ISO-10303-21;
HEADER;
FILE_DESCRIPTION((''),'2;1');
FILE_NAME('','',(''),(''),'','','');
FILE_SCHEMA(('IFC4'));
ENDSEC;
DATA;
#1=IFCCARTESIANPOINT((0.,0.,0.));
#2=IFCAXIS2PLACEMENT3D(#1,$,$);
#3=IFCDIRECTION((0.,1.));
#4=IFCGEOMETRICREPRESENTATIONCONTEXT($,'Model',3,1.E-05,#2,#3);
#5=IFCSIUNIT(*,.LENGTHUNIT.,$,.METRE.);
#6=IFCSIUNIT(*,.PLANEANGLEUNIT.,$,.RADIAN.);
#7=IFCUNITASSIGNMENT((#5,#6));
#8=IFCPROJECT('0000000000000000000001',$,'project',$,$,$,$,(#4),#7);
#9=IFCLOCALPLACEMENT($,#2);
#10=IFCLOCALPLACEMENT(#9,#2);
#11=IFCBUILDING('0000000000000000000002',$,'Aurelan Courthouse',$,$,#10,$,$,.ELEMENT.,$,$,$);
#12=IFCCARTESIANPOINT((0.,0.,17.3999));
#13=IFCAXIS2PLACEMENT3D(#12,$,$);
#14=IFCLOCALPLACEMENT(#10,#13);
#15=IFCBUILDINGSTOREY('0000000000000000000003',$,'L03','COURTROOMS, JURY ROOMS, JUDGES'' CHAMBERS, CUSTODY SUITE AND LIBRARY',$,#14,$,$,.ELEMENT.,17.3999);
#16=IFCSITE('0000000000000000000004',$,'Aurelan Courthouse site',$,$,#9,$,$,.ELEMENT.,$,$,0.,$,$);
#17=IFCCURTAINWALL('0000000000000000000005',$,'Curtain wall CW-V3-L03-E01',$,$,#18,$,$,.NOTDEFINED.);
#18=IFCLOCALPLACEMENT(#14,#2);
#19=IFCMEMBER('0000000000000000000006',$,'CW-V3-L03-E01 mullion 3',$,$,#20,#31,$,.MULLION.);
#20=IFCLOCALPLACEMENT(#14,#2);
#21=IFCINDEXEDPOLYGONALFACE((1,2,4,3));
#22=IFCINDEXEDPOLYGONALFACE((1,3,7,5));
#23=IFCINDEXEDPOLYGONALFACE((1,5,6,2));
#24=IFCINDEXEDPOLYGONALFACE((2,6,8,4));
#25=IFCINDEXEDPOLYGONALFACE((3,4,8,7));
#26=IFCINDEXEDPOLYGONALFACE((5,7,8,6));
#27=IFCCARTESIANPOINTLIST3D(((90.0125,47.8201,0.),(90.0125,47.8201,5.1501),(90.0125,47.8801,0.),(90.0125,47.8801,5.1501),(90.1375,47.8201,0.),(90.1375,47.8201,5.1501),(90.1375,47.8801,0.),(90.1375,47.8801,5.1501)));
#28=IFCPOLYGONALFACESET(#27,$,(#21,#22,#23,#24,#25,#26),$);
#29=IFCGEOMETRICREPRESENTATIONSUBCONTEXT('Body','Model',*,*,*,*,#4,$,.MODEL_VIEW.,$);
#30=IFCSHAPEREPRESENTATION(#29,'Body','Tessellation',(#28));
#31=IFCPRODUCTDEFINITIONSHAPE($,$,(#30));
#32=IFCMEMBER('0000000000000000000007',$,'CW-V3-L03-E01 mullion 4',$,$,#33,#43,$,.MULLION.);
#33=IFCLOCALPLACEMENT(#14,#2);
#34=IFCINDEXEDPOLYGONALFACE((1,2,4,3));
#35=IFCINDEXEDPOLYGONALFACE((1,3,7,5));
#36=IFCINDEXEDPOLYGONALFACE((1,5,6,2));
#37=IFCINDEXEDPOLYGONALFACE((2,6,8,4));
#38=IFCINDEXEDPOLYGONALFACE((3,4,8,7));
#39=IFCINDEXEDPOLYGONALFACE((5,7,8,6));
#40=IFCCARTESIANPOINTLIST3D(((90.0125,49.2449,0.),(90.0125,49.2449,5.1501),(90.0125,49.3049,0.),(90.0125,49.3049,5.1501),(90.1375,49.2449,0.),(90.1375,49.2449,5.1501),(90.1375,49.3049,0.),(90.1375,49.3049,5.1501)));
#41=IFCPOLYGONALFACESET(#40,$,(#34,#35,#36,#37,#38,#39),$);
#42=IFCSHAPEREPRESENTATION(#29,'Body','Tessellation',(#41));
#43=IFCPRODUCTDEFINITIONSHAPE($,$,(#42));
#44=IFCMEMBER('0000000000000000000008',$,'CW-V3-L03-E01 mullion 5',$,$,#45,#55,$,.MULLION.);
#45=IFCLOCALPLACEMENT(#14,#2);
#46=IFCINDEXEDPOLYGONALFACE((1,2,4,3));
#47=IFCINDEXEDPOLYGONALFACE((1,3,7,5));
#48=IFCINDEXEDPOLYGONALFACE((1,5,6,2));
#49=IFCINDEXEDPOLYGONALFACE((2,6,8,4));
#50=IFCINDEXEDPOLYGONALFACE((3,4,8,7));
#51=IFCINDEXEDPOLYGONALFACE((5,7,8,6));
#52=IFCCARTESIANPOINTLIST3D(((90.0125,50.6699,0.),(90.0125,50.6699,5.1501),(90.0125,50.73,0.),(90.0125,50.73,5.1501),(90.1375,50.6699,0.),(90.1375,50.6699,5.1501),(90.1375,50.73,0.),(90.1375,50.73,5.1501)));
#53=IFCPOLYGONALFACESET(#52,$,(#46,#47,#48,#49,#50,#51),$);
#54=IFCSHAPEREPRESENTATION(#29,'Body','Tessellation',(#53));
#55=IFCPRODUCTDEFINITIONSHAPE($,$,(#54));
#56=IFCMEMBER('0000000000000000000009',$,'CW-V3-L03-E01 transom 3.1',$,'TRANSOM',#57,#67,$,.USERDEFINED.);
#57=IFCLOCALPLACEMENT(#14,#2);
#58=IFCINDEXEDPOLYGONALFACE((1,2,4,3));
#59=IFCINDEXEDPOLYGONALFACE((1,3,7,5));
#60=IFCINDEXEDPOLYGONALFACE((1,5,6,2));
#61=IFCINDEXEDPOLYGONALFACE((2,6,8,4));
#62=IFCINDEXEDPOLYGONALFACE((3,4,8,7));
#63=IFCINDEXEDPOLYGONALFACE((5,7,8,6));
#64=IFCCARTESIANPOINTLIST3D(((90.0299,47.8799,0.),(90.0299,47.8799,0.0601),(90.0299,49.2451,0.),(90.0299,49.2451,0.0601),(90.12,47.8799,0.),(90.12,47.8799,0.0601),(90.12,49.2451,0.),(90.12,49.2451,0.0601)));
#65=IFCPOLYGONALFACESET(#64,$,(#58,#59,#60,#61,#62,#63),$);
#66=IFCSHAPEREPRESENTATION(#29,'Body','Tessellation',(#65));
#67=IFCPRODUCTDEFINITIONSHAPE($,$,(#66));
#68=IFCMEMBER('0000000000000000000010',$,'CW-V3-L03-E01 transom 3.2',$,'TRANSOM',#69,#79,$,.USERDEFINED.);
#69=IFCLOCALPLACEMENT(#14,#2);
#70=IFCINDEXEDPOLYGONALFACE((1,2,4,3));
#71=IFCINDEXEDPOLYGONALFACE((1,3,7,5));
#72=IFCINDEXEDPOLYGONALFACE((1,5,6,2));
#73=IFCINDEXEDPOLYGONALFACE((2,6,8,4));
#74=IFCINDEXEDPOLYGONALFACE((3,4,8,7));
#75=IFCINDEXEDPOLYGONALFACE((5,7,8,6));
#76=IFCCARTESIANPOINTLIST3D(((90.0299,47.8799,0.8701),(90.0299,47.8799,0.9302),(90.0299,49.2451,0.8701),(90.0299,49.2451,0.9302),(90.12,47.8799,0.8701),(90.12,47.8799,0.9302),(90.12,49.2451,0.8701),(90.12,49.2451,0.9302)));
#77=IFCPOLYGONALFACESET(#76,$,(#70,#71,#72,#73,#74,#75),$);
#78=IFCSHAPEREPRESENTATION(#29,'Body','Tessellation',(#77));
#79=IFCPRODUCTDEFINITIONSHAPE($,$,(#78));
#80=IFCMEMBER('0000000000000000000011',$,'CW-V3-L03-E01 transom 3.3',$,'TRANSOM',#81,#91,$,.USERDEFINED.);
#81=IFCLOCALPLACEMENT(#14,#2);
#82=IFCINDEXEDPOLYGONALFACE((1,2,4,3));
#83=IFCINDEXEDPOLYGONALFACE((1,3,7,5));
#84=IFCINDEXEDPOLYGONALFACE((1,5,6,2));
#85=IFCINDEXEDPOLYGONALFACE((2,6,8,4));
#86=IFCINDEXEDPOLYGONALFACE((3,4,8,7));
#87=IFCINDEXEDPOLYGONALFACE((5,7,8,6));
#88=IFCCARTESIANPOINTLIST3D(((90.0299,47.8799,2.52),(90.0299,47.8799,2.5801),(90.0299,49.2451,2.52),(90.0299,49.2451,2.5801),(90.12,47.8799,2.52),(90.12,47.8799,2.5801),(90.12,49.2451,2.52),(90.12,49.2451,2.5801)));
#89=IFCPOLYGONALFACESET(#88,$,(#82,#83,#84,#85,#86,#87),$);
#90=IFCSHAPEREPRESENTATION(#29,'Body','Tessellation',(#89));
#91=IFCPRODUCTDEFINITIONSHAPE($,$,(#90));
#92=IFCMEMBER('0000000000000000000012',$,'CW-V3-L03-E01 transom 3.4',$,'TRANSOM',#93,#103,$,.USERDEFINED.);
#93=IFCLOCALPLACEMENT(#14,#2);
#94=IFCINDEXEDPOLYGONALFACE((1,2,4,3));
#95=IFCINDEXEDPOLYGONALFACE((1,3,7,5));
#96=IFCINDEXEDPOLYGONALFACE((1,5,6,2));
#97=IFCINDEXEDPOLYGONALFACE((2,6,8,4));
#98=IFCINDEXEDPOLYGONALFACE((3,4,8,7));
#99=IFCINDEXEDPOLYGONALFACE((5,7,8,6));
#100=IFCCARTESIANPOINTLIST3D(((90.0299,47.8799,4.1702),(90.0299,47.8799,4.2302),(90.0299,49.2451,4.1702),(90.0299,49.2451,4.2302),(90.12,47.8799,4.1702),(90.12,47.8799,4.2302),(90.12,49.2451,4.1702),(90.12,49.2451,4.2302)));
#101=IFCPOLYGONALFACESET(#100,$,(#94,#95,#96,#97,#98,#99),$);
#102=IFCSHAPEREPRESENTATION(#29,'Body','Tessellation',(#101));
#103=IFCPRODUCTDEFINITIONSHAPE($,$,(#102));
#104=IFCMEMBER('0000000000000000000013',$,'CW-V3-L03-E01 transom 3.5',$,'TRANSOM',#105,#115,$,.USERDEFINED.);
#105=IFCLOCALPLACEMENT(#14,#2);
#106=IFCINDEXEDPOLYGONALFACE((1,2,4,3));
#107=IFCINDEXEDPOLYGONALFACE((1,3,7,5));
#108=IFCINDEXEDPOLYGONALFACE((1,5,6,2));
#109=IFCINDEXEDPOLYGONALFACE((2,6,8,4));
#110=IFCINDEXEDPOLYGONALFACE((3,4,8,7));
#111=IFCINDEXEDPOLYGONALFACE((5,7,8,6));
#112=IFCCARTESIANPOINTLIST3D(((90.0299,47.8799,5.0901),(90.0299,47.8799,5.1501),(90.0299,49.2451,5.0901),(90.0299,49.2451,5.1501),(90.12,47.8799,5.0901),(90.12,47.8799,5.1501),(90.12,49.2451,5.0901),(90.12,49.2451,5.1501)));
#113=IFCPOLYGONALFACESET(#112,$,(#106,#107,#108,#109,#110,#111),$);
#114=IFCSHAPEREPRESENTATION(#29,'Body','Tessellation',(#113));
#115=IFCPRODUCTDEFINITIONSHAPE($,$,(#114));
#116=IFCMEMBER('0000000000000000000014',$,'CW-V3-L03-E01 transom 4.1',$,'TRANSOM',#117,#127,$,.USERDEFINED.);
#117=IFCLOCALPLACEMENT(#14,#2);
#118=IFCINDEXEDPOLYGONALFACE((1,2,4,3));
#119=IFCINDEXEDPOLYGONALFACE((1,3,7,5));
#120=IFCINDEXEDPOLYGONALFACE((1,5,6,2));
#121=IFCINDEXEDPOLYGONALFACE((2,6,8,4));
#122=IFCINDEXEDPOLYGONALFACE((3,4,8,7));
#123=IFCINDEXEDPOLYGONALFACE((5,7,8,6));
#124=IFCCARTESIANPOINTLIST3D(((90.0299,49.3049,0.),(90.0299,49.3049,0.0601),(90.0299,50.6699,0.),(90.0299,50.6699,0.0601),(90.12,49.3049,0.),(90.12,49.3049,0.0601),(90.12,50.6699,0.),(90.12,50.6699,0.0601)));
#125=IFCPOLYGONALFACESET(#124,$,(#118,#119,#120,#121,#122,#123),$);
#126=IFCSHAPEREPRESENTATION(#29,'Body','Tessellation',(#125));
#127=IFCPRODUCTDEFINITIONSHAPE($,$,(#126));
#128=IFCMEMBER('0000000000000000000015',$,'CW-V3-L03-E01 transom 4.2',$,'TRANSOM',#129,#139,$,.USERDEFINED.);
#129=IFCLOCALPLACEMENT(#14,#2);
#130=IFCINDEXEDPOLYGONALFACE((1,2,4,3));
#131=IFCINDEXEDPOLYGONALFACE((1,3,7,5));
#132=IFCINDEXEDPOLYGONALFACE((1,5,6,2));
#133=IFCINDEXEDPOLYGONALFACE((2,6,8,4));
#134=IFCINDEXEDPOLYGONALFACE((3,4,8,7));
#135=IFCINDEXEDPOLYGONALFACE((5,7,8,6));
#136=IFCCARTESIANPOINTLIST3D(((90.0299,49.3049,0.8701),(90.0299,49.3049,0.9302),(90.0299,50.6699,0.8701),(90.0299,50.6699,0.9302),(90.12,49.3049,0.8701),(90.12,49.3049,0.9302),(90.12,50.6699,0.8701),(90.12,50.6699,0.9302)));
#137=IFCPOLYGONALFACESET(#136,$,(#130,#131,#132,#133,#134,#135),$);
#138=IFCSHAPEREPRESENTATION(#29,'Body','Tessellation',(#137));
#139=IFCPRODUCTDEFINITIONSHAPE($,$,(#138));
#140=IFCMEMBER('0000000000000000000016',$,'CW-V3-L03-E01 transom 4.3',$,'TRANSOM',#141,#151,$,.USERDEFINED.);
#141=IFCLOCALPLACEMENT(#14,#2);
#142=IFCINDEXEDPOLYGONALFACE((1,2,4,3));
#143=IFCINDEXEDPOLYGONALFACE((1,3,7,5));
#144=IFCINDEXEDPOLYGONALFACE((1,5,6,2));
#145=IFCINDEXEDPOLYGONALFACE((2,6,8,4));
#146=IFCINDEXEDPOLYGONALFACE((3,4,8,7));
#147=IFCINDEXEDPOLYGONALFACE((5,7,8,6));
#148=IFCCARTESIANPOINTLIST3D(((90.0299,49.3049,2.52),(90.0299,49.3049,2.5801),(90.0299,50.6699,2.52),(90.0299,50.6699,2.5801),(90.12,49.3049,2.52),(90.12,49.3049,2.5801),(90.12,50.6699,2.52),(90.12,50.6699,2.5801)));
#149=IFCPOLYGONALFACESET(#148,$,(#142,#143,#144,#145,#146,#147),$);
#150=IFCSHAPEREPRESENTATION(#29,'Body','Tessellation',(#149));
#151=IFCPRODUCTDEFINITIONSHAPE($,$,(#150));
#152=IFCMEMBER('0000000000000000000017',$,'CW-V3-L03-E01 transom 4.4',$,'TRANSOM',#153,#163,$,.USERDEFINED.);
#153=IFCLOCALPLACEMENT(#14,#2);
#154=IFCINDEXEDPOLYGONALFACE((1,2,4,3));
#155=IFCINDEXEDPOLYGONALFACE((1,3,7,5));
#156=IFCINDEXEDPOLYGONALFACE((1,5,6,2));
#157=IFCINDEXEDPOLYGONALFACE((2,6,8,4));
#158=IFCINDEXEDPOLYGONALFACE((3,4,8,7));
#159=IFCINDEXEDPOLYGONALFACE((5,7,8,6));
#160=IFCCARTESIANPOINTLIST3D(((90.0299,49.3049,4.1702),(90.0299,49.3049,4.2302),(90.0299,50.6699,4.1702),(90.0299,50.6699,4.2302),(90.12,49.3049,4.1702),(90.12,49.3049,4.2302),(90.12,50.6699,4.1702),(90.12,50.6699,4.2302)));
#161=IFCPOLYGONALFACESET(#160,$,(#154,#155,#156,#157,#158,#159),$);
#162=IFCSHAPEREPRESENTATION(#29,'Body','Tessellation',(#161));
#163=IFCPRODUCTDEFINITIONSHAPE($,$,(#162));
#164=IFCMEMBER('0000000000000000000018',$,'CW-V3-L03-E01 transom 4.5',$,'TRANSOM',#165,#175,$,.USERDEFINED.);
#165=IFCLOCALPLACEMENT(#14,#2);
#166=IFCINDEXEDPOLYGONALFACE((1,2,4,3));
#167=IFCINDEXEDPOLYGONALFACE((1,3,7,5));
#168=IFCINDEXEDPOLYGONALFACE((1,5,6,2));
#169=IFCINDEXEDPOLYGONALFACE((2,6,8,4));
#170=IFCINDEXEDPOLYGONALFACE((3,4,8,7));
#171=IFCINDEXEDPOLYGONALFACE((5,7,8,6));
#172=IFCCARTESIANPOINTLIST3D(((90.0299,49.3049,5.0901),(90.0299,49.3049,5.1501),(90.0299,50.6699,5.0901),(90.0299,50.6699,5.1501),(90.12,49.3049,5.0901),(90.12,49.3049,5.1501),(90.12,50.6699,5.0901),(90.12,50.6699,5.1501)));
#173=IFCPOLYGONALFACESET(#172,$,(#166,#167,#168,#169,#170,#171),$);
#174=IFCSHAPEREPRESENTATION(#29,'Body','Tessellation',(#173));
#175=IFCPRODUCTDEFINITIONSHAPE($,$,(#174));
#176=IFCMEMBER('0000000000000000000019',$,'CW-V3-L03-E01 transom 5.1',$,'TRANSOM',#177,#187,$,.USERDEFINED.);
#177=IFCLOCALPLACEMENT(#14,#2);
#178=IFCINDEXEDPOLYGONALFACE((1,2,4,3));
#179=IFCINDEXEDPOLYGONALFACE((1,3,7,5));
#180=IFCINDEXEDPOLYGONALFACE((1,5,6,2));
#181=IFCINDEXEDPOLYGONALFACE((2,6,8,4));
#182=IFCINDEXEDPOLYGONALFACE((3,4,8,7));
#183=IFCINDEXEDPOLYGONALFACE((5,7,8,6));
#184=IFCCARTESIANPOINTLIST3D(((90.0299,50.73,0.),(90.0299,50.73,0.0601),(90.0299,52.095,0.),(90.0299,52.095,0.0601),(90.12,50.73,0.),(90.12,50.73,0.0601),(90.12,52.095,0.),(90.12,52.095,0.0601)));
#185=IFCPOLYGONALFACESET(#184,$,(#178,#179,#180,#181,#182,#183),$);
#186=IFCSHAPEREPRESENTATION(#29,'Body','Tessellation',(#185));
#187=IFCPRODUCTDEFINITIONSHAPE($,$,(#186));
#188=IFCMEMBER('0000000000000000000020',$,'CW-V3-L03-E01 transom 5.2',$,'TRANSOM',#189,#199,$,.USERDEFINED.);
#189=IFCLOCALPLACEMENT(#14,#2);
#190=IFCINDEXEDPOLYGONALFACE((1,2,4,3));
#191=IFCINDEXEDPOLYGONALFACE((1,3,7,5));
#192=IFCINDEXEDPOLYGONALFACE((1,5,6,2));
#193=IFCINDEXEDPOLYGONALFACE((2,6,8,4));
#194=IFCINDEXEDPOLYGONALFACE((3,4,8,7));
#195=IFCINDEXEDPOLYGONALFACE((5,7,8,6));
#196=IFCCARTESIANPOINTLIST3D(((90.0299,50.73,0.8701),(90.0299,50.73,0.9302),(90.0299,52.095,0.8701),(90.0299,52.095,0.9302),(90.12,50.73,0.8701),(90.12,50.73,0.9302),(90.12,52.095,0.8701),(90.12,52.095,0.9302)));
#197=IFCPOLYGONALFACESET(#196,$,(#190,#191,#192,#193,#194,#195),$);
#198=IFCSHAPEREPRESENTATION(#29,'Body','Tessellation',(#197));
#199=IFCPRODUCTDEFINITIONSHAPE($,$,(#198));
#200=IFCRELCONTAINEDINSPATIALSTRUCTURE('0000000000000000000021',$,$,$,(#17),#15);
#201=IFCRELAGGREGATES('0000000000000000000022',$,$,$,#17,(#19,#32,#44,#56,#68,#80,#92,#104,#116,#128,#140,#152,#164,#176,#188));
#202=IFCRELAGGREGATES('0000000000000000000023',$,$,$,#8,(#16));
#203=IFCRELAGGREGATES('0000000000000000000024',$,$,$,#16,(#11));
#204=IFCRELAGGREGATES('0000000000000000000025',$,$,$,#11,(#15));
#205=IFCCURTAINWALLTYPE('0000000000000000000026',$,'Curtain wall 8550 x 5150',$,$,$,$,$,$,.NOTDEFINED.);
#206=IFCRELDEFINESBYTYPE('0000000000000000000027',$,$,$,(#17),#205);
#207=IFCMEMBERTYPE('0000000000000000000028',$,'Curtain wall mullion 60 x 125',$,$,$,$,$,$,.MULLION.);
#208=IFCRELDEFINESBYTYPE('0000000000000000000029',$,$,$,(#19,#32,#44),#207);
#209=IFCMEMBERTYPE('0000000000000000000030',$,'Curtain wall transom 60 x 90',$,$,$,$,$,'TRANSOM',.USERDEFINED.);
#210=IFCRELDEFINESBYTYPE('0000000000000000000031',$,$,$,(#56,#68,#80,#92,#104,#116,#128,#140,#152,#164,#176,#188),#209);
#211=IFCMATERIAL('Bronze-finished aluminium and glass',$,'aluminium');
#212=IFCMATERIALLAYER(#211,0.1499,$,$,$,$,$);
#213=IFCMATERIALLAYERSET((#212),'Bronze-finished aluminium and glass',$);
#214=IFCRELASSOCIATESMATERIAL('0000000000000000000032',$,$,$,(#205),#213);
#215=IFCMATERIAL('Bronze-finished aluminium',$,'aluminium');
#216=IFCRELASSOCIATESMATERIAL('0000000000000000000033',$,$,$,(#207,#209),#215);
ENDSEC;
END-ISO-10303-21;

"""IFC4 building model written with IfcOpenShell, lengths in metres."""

from ifc_helpers import new_model, si_unit, direction, frame, origin, origin_2d, place, context, subcontext, project, spatial, rectangle, extrude, material, layer, layer_set, material_profile, profile_set, type_object, element, aggregate, save


model = new_model("IFC4")

# Units and contexts
model_context = context("Model", 3, precision=1e-05, world=origin(), true_north=direction((0.0, 1.0)))
body_context = subcontext(model_context, "Body", "Model", "MODEL_VIEW")
ifc_project = project(units=[si_unit("LENGTHUNIT", "METRE"), si_unit("PLANEANGLEUNIT", "RADIAN")], contexts=[model_context])

# Site, building, storey
site_placement = place(None, origin())
site = spatial("IfcSite", under=ifc_project, at=site_placement, Name="Aurelan Courthouse site", CompositionType="ELEMENT", RefElevation=0.0)
building_placement = place(site_placement, origin())
building = spatial("IfcBuilding", under=site, at=building_placement, Name="Aurelan Courthouse", CompositionType="ELEMENT")
storey_placement = place(building_placement, frame((0.0, 0.0, 17.3999)))
storey = spatial("IfcBuildingStorey", under=building, at=storey_placement, Name="L03", Description="COURTROOMS, JURY ROOMS, JUDGES' CHAMBERS, CUSTODY SUITE AND LIBRARY", CompositionType="ELEMENT", Elevation=17.3999)

# Curtain wall, members
ifc_material_1 = material(Name="Bronze-finished aluminium and glass", Category="aluminium")
ifc_layer_1 = layer(ifc_material_1, 0.1499)
ifc_layer_set_1 = layer_set([ifc_layer_1], Name="Bronze-finished aluminium and glass")
curtain_wall_type = type_object("IfcCurtainWallType", Name="Curtain wall 8550 x 5150", PredefinedType="NOTDEFINED", material=ifc_layer_set_1)
curtain_wall_placement = place(storey_placement, origin())
curtain_wall = element("IfcCurtainWall", 1, at=curtain_wall_placement, inside=storey, type_object=curtain_wall_type, Name="Curtain wall CW-V3-L03-E01", PredefinedType="NOTDEFINED")
ifc_material_2 = material(Name="Bronze-finished aluminium", Category="aluminium")
ifc_material_profile_1 = material_profile(ifc_material_2, rectangle(XDim=0.125, YDim=0.0601, at=origin_2d()), Name="Bronze mullion 60 x 125")
ifc_profile_set_1 = profile_set([ifc_material_profile_1], Name="Bronze-finished aluminium")
member_type_1 = type_object("IfcMemberType", Name="Curtain wall mullion 60 x 125", PredefinedType="MULLION", material=ifc_profile_set_1)
member_1_placement = place(storey_placement, frame((90.075, 47.8501, 0.0), z_axis=(0.0, 0.0, 1.0), x_axis=(-1.0, 0.0, 0.0)))
member_1 = element("IfcMember", 2, at=member_1_placement, type_object=member_type_1, Name="CW-V3-L03-E01 mullion 3", PredefinedType="MULLION", context=body_context, shape_type="SweptSolid", body=[
    extrude(rectangle(XDim=0.125, YDim=0.0601, at=origin_2d()), origin(), (0.0, 0.0, 1.0), 5.1501),
])
member_2_placement = place(storey_placement, frame((90.075, 49.2749, 0.0), z_axis=(0.0, 0.0, 1.0), x_axis=(-1.0, 0.0, 0.0)))
member_2 = element("IfcMember", 3, at=member_2_placement, type_object=member_type_1, Name="CW-V3-L03-E01 mullion 4", PredefinedType="MULLION", context=body_context, shape_type="SweptSolid", body=[
    extrude(rectangle(XDim=0.125, YDim=0.0601, at=origin_2d()), origin(), (0.0, 0.0, 1.0), 5.1501),
])
member_3_placement = place(storey_placement, frame((90.075, 50.7, 0.0), z_axis=(0.0, 0.0, 1.0), x_axis=(-1.0, 0.0, 0.0)))
member_3 = element("IfcMember", 4, at=member_3_placement, type_object=member_type_1, Name="CW-V3-L03-E01 mullion 5", PredefinedType="MULLION", context=body_context, shape_type="SweptSolid", body=[
    extrude(rectangle(XDim=0.125, YDim=0.0601, at=origin_2d()), origin(), (0.0, 0.0, 1.0), 5.1501),
])
ifc_material_profile_2 = material_profile(ifc_material_2, rectangle(XDim=0.0901, YDim=0.0601, at=origin_2d()), Name="Bronze transom 60 x 90")
ifc_profile_set_2 = profile_set([ifc_material_profile_2], Name="Bronze-finished aluminium")
member_type_2 = type_object("IfcMemberType", Name="Curtain wall transom 60 x 90", ElementType="TRANSOM", PredefinedType="USERDEFINED", material=ifc_profile_set_2)
member_4_placement = place(storey_placement, frame((90.075, 47.8799, 0.03), z_axis=(0.0, 1.0, 0.0), x_axis=(-1.0, 0.0, 0.0)))
member_4 = element("IfcMember", 5, at=member_4_placement, type_object=member_type_2, Name="CW-V3-L03-E01 transom 3.1", ObjectType="TRANSOM", PredefinedType="USERDEFINED", context=body_context, shape_type="SweptSolid", body=[
    extrude(rectangle(XDim=0.0901, YDim=0.0601, at=origin_2d()), origin(), (0.0, 0.0, 1.0), 1.3652),
])
member_5_placement = place(storey_placement, frame((90.075, 47.8799, 0.9001), z_axis=(0.0, 1.0, 0.0), x_axis=(-1.0, 0.0, 0.0)))
member_5 = element("IfcMember", 6, at=member_5_placement, type_object=member_type_2, Name="CW-V3-L03-E01 transom 3.2", ObjectType="TRANSOM", PredefinedType="USERDEFINED", context=body_context, shape_type="SweptSolid", body=[
    extrude(rectangle(XDim=0.0901, YDim=0.0601, at=origin_2d()), origin(), (0.0, 0.0, 1.0), 1.3652),
])
member_6_placement = place(storey_placement, frame((90.075, 47.8799, 2.55), z_axis=(0.0, 1.0, 0.0), x_axis=(-1.0, 0.0, 0.0)))
member_6 = element("IfcMember", 7, at=member_6_placement, type_object=member_type_2, Name="CW-V3-L03-E01 transom 3.3", ObjectType="TRANSOM", PredefinedType="USERDEFINED", context=body_context, shape_type="SweptSolid", body=[
    extrude(rectangle(XDim=0.0901, YDim=0.0601, at=origin_2d()), origin(), (0.0, 0.0, 1.0), 1.3652),
])
member_7_placement = place(storey_placement, frame((90.075, 47.8799, 4.2002), z_axis=(0.0, 1.0, 0.0), x_axis=(-1.0, 0.0, 0.0)))
member_7 = element("IfcMember", 8, at=member_7_placement, type_object=member_type_2, Name="CW-V3-L03-E01 transom 3.4", ObjectType="TRANSOM", PredefinedType="USERDEFINED", context=body_context, shape_type="SweptSolid", body=[
    extrude(rectangle(XDim=0.0901, YDim=0.0601, at=origin_2d()), origin(), (0.0, 0.0, 1.0), 1.3652),
])
member_8_placement = place(storey_placement, frame((90.075, 47.8799, 5.1201), z_axis=(0.0, 1.0, 0.0), x_axis=(-1.0, 0.0, 0.0)))
member_8 = element("IfcMember", 9, at=member_8_placement, type_object=member_type_2, Name="CW-V3-L03-E01 transom 3.5", ObjectType="TRANSOM", PredefinedType="USERDEFINED", context=body_context, shape_type="SweptSolid", body=[
    extrude(rectangle(XDim=0.0901, YDim=0.0601, at=origin_2d()), origin(), (0.0, 0.0, 1.0), 1.3652),
])
member_9_placement = place(storey_placement, frame((90.075, 49.3049, 0.03), z_axis=(0.0, 1.0, 0.0), x_axis=(-1.0, 0.0, 0.0)))
member_9 = element("IfcMember", 10, at=member_9_placement, type_object=member_type_2, Name="CW-V3-L03-E01 transom 4.1", ObjectType="TRANSOM", PredefinedType="USERDEFINED", context=body_context, shape_type="SweptSolid", body=[
    extrude(rectangle(XDim=0.0901, YDim=0.0601, at=origin_2d()), origin(), (0.0, 0.0, 1.0), 1.365),
])
member_10_placement = place(storey_placement, frame((90.075, 49.3049, 0.9001), z_axis=(0.0, 1.0, 0.0), x_axis=(-1.0, 0.0, 0.0)))
member_10 = element("IfcMember", 11, at=member_10_placement, type_object=member_type_2, Name="CW-V3-L03-E01 transom 4.2", ObjectType="TRANSOM", PredefinedType="USERDEFINED", context=body_context, shape_type="SweptSolid", body=[
    extrude(rectangle(XDim=0.0901, YDim=0.0601, at=origin_2d()), origin(), (0.0, 0.0, 1.0), 1.365),
])
member_11_placement = place(storey_placement, frame((90.075, 49.3049, 2.55), z_axis=(0.0, 1.0, 0.0), x_axis=(-1.0, 0.0, 0.0)))
member_11 = element("IfcMember", 12, at=member_11_placement, type_object=member_type_2, Name="CW-V3-L03-E01 transom 4.3", ObjectType="TRANSOM", PredefinedType="USERDEFINED", context=body_context, shape_type="SweptSolid", body=[
    extrude(rectangle(XDim=0.0901, YDim=0.0601, at=origin_2d()), origin(), (0.0, 0.0, 1.0), 1.365),
])
member_12_placement = place(storey_placement, frame((90.075, 49.3049, 4.2002), z_axis=(0.0, 1.0, 0.0), x_axis=(-1.0, 0.0, 0.0)))
member_12 = element("IfcMember", 13, at=member_12_placement, type_object=member_type_2, Name="CW-V3-L03-E01 transom 4.4", ObjectType="TRANSOM", PredefinedType="USERDEFINED", context=body_context, shape_type="SweptSolid", body=[
    extrude(rectangle(XDim=0.0901, YDim=0.0601, at=origin_2d()), origin(), (0.0, 0.0, 1.0), 1.365),
])
member_13_placement = place(storey_placement, frame((90.075, 49.3049, 5.1201), z_axis=(0.0, 1.0, 0.0), x_axis=(-1.0, 0.0, 0.0)))
member_13 = element("IfcMember", 14, at=member_13_placement, type_object=member_type_2, Name="CW-V3-L03-E01 transom 4.5", ObjectType="TRANSOM", PredefinedType="USERDEFINED", context=body_context, shape_type="SweptSolid", body=[
    extrude(rectangle(XDim=0.0901, YDim=0.0601, at=origin_2d()), origin(), (0.0, 0.0, 1.0), 1.365),
])
member_14_placement = place(storey_placement, frame((90.075, 50.73, 0.03), z_axis=(0.0, 1.0, 0.0), x_axis=(-1.0, 0.0, 0.0)))
member_14 = element("IfcMember", 15, at=member_14_placement, type_object=member_type_2, Name="CW-V3-L03-E01 transom 5.1", ObjectType="TRANSOM", PredefinedType="USERDEFINED", context=body_context, shape_type="SweptSolid", body=[
    extrude(rectangle(XDim=0.0901, YDim=0.0601, at=origin_2d()), origin(), (0.0, 0.0, 1.0), 1.365),
])
member_15_placement = place(storey_placement, frame((90.075, 50.73, 0.9001), z_axis=(0.0, 1.0, 0.0), x_axis=(-1.0, 0.0, 0.0)))
member_15 = element("IfcMember", 16, at=member_15_placement, type_object=member_type_2, Name="CW-V3-L03-E01 transom 5.2", ObjectType="TRANSOM", PredefinedType="USERDEFINED", context=body_context, shape_type="SweptSolid", body=[
    extrude(rectangle(XDim=0.0901, YDim=0.0601, at=origin_2d()), origin(), (0.0, 0.0, 1.0), 1.365),
])
aggregate(curtain_wall, [member_1, member_2, member_3, member_4, member_5, member_6, member_7, member_8, member_9, member_10, member_11, member_12, member_13, member_14, member_15])

save(model, "model.ifc")
